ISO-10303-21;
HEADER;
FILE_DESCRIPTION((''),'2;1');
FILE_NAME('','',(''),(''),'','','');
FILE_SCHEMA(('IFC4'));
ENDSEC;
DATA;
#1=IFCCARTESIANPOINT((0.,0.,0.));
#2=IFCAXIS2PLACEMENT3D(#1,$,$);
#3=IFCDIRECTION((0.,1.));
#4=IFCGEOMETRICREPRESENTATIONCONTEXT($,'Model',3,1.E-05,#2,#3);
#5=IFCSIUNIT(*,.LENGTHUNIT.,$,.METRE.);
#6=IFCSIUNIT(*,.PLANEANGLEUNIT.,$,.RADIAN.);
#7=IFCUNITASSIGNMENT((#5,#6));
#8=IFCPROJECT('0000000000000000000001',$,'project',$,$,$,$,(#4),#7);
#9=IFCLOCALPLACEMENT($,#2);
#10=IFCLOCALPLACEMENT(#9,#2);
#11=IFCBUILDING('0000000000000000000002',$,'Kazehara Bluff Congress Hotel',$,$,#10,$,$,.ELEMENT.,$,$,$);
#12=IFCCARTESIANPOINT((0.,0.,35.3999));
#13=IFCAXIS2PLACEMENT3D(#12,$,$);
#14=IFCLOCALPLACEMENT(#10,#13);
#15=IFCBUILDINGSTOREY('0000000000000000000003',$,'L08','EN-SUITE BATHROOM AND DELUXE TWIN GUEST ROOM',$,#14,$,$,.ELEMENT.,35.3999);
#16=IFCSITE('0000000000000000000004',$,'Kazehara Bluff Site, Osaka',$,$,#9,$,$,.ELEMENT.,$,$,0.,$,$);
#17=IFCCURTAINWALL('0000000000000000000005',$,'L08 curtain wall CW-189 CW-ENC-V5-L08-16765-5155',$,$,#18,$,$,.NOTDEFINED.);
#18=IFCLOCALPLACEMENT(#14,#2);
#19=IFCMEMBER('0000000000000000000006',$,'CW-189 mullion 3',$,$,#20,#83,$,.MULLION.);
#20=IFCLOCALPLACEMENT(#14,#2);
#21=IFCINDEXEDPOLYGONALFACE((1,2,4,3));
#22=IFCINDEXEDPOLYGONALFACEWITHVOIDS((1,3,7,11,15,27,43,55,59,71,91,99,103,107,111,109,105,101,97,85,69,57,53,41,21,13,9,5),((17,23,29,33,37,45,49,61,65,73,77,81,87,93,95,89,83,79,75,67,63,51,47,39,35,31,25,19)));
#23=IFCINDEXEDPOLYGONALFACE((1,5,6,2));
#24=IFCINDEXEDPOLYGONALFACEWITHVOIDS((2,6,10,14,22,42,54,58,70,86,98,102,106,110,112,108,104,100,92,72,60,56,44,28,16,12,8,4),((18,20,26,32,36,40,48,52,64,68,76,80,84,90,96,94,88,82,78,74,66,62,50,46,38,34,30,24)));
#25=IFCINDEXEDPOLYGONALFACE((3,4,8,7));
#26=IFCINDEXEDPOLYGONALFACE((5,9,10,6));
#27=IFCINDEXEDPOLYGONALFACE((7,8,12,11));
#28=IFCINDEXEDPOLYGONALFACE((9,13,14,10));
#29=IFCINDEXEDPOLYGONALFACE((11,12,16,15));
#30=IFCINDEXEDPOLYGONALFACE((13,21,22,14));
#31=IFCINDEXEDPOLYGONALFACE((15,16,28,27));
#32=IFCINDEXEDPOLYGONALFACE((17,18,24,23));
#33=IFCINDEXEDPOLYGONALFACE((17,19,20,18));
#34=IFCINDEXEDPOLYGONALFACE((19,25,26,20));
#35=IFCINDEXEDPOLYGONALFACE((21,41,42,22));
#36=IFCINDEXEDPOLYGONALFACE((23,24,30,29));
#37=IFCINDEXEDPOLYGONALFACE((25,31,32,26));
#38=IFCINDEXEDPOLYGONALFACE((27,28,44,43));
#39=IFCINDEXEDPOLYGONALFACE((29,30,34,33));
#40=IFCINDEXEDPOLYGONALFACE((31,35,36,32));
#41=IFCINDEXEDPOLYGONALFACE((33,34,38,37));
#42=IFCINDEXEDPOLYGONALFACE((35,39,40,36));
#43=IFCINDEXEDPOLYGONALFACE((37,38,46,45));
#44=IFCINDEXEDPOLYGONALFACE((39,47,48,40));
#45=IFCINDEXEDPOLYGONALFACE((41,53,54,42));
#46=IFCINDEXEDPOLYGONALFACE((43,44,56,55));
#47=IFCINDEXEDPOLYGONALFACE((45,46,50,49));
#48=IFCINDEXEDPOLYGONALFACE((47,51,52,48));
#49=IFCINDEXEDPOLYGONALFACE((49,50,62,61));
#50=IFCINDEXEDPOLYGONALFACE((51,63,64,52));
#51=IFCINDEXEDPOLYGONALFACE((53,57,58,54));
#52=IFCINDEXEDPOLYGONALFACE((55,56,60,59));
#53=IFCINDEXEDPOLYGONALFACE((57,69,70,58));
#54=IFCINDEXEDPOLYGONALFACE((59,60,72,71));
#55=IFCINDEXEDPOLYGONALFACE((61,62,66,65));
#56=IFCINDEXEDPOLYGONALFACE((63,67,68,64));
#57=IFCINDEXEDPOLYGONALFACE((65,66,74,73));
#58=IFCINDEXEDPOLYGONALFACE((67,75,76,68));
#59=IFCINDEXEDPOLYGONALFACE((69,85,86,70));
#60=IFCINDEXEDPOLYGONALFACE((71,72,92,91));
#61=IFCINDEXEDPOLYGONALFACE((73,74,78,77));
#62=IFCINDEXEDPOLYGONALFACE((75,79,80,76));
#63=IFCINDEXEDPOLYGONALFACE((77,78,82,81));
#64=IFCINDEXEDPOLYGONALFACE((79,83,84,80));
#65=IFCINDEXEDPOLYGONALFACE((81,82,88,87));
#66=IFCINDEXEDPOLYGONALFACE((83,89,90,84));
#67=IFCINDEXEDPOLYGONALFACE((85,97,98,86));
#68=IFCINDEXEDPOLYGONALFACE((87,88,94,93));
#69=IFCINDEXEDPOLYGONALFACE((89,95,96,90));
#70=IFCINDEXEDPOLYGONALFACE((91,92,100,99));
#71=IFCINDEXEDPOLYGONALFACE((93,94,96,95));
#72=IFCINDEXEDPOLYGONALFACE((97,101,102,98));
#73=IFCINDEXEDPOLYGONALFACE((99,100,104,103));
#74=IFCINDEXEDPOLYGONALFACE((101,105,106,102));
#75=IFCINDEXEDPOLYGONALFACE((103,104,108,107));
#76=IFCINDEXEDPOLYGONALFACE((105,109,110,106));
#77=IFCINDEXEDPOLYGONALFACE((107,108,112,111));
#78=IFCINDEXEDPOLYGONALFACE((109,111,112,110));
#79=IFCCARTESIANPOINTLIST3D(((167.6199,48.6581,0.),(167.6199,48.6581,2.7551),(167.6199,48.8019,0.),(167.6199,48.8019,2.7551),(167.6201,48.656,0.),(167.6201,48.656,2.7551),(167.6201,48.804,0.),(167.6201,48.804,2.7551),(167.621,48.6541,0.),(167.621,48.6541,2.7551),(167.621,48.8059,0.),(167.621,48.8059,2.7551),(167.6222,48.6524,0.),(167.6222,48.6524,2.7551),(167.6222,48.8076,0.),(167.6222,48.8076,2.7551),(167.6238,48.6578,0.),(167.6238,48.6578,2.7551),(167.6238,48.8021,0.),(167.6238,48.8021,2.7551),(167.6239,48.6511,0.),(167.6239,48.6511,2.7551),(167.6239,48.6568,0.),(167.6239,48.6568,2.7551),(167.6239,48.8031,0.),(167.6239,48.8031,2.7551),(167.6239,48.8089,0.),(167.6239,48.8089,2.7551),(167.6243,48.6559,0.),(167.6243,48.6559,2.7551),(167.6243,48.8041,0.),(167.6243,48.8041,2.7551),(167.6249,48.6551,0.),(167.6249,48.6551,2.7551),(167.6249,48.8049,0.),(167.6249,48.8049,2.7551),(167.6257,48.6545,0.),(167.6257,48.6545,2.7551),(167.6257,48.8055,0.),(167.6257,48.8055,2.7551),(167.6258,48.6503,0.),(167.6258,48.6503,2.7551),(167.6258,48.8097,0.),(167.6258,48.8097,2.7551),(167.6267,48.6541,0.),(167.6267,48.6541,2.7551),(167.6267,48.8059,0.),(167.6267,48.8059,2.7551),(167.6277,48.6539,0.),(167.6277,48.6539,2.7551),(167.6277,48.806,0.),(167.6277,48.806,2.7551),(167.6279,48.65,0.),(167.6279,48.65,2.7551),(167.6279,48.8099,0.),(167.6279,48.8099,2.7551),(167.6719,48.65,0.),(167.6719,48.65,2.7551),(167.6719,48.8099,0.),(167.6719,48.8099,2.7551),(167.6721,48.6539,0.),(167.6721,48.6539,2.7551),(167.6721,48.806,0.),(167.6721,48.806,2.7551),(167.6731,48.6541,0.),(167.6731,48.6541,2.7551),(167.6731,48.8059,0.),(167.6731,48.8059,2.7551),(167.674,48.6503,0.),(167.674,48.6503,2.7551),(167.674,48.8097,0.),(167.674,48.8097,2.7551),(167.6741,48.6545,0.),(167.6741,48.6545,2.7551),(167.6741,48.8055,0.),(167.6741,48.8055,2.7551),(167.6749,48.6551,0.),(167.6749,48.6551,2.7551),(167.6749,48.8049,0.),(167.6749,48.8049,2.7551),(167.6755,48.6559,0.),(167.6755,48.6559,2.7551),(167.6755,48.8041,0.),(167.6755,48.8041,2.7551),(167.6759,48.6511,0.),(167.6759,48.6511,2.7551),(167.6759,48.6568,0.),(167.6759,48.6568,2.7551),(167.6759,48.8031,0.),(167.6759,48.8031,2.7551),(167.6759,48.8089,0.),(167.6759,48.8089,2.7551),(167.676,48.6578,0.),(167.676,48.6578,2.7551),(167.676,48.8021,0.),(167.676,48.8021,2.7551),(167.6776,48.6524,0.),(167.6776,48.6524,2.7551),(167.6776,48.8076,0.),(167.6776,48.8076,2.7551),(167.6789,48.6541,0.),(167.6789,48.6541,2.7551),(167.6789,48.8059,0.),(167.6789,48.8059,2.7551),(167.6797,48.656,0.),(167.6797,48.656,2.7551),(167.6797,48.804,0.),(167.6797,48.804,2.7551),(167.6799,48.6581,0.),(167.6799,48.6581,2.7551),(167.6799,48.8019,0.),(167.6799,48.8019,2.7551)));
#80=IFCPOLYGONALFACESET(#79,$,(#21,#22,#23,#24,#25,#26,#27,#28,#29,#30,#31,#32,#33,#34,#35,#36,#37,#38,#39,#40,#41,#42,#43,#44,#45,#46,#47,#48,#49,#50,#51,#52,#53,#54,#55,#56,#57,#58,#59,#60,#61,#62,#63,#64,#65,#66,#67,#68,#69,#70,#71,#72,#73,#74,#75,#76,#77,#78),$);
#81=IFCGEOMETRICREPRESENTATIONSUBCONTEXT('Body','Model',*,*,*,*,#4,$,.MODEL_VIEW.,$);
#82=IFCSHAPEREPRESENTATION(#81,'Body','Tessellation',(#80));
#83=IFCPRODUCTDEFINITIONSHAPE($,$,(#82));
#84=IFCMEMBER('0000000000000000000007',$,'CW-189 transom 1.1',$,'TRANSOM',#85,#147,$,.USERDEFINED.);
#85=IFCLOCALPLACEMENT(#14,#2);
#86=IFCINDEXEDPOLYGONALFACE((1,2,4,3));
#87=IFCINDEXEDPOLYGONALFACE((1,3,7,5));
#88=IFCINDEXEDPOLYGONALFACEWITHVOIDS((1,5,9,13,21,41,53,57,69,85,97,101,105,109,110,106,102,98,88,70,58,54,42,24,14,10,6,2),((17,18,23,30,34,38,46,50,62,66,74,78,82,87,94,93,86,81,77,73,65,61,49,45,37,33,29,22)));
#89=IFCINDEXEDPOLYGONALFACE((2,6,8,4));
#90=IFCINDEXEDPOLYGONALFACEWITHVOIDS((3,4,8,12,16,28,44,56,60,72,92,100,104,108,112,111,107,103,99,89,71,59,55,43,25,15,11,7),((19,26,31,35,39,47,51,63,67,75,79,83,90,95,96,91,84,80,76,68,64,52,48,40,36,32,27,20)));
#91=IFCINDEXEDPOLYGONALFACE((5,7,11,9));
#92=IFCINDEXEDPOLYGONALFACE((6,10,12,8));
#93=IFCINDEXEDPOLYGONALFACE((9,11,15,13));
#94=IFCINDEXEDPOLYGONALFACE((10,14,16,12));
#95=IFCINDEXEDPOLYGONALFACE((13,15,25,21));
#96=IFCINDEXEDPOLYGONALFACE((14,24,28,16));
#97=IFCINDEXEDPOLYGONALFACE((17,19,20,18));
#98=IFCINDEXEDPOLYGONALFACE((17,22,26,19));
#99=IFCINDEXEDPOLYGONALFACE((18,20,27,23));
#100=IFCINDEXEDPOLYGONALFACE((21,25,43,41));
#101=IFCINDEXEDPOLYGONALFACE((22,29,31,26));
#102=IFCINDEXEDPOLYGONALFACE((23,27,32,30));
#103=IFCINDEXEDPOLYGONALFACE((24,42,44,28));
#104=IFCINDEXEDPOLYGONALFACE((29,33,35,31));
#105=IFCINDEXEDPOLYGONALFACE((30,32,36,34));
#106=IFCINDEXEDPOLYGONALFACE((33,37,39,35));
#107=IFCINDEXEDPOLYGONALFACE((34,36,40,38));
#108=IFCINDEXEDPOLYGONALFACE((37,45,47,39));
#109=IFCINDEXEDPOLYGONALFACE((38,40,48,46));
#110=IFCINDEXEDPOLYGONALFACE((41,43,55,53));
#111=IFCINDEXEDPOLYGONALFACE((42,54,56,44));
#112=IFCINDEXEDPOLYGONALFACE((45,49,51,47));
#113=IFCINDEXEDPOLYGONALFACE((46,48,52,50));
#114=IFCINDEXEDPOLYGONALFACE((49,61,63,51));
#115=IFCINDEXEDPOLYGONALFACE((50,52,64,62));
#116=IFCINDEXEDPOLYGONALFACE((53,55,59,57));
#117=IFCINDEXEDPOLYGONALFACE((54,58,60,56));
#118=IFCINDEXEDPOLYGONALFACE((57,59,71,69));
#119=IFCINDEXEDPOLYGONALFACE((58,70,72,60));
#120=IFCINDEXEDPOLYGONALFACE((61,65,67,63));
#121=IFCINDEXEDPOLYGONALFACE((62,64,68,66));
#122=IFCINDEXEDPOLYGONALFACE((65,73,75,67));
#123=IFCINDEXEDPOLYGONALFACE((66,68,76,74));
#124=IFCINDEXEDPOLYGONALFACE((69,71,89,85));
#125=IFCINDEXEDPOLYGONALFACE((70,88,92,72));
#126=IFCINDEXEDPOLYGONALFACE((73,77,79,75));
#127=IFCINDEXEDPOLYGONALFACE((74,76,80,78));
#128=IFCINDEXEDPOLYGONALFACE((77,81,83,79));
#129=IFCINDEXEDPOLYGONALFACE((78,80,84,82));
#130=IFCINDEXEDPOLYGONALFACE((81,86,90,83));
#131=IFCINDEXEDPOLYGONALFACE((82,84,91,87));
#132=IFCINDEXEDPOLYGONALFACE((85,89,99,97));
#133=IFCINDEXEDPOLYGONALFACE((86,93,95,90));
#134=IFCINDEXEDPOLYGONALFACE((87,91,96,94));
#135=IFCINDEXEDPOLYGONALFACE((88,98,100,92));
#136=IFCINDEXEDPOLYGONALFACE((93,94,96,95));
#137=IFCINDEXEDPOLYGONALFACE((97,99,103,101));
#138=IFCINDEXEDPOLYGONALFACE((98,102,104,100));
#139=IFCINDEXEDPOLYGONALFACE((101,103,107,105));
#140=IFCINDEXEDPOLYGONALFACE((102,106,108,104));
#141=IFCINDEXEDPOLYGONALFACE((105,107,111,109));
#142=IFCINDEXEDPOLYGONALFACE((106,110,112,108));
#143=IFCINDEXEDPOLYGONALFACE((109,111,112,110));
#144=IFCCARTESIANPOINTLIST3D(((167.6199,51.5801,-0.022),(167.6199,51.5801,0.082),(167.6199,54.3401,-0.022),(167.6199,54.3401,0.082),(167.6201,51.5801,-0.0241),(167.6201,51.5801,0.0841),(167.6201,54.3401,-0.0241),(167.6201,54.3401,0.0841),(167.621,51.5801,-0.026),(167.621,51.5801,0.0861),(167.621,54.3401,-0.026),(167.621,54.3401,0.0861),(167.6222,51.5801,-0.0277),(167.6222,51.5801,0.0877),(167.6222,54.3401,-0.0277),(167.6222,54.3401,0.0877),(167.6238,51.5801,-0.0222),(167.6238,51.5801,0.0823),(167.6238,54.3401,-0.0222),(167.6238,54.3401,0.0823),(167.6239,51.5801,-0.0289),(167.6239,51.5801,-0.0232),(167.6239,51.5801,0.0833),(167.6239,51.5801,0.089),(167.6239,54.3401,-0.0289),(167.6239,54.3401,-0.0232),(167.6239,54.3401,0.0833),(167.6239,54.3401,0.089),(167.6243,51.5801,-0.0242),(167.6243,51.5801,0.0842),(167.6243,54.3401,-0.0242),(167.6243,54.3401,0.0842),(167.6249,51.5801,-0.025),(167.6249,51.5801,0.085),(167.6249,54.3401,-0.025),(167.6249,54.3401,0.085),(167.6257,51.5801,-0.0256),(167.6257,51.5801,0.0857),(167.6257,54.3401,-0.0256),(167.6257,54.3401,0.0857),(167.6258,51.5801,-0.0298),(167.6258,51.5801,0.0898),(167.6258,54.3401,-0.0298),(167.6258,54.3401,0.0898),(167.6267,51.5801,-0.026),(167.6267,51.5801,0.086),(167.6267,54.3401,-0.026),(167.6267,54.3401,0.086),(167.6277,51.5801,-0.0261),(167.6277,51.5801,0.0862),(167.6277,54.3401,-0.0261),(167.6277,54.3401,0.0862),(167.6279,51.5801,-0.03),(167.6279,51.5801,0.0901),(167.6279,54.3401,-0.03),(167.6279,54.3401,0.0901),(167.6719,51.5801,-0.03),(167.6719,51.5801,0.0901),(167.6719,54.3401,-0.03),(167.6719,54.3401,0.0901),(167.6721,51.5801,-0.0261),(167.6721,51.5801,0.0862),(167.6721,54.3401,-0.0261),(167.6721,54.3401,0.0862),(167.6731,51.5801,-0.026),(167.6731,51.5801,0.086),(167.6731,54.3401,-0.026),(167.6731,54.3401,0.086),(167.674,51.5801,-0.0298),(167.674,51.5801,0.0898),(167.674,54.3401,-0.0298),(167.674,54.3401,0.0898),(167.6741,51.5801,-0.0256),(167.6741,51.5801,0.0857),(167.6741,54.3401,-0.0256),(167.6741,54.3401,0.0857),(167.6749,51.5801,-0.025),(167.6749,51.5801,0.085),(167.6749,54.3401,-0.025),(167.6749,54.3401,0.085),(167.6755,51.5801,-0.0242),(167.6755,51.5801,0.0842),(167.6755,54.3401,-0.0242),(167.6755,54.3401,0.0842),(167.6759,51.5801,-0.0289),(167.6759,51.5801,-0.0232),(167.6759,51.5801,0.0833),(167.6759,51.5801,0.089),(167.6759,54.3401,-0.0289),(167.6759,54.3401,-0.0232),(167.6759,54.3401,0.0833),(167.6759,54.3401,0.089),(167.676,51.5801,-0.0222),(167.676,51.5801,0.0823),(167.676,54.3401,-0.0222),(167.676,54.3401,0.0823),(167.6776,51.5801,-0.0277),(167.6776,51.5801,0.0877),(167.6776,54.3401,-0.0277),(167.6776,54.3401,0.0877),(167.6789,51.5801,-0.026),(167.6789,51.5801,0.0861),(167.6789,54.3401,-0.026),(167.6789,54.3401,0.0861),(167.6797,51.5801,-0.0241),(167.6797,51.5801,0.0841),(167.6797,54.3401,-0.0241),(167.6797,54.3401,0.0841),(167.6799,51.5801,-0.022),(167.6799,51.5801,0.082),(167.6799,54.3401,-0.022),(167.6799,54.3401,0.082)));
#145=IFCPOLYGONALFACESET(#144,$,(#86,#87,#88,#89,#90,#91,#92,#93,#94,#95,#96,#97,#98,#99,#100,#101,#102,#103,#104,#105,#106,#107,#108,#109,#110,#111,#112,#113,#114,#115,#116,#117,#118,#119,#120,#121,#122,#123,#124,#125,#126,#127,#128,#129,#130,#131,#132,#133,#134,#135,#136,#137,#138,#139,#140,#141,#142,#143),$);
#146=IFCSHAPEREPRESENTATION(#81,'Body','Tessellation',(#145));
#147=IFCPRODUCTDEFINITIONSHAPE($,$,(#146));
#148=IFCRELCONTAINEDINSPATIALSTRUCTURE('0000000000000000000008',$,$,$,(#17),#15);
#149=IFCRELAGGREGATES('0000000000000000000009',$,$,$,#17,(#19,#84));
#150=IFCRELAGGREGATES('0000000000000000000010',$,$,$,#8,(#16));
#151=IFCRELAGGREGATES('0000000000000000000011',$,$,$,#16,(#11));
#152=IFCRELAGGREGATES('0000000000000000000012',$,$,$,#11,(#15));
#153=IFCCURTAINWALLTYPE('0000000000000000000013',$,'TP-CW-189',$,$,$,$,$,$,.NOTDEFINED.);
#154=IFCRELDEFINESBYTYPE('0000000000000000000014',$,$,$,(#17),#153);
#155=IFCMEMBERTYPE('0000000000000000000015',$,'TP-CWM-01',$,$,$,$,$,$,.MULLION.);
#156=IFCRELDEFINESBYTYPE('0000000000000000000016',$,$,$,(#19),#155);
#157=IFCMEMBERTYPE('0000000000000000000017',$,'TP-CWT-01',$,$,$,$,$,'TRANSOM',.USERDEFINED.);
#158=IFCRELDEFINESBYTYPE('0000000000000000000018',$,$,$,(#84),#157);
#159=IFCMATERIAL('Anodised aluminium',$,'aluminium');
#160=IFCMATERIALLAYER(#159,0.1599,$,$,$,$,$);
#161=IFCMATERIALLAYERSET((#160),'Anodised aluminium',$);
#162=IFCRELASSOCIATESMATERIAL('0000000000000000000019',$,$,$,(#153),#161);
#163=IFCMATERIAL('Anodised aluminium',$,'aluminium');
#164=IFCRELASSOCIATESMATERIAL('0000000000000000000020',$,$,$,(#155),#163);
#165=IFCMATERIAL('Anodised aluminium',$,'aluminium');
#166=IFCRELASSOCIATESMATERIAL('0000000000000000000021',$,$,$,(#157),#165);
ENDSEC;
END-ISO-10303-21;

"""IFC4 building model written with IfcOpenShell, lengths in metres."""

from ifc_helpers import new_model, si_unit, direction, frame, origin, origin_2d, place, context, subcontext, project, spatial, hollow_rectangle, extrude, material, layer, layer_set, material_profile, profile_set, type_object, element, aggregate, save


model = new_model("IFC4")

# Units and contexts
model_context = context("Model", 3, precision=1e-05, world=origin(), true_north=direction((0.0, 1.0)))
body_context = subcontext(model_context, "Body", "Model", "MODEL_VIEW")
ifc_project = project(units=[si_unit("LENGTHUNIT", "METRE"), si_unit("PLANEANGLEUNIT", "RADIAN")], contexts=[model_context])

# Site, building, storey
site_placement = place(None, origin())
site = spatial("IfcSite", under=ifc_project, at=site_placement, Name="Kazehara Bluff Site, Osaka", CompositionType="ELEMENT", RefElevation=0.0)
building_placement = place(site_placement, origin())
building = spatial("IfcBuilding", under=site, at=building_placement, Name="Kazehara Bluff Congress Hotel", CompositionType="ELEMENT")
storey_placement = place(building_placement, frame((0.0, 0.0, 35.3999)))
storey = spatial("IfcBuildingStorey", under=building, at=storey_placement, Name="L08", Description="EN-SUITE BATHROOM AND DELUXE TWIN GUEST ROOM", CompositionType="ELEMENT", Elevation=35.3999)

# Curtain wall, members
ifc_material_1 = material(Name="Anodised aluminium", Category="aluminium")
ifc_layer_1 = layer(ifc_material_1, 0.1599)
ifc_layer_set_1 = layer_set([ifc_layer_1], Name="Anodised aluminium")
curtain_wall_type = type_object("IfcCurtainWallType", Name="TP-CW-189", PredefinedType="NOTDEFINED", material=ifc_layer_set_1)
curtain_wall_placement = place(storey_placement, origin())
curtain_wall = element("IfcCurtainWall", 1, at=curtain_wall_placement, inside=storey, type_object=curtain_wall_type, Name="L08 curtain wall CW-189 CW-ENC-V5-L08-16765-5155", PredefinedType="NOTDEFINED")
ifc_material_2 = material(Name="Anodised aluminium", Category="aluminium")
ifc_material_profile_1 = material_profile(ifc_material_2, hollow_rectangle(XDim=0.0601, YDim=0.1599, WallThickness=0.0039, InnerFilletRadius=0.0039, OuterFilletRadius=0.0081, at=origin_2d()))
ifc_profile_set_1 = profile_set([ifc_material_profile_1], Name="Anodised aluminium")
member_type_1 = type_object("IfcMemberType", Name="TP-CWM-01", PredefinedType="MULLION", material=ifc_profile_set_1)
member_1_placement = place(storey_placement, frame((167.6499, 48.73, 0.0), z_axis=(0.0, 0.0, 1.0), x_axis=(1.0, 0.0, 0.0)))
member_1 = element("IfcMember", 2, at=member_1_placement, type_object=member_type_1, Name="CW-189 mullion 3", PredefinedType="MULLION", context=body_context, shape_type="SweptSolid", body=[
    extrude(hollow_rectangle(XDim=0.0601, YDim=0.1599, WallThickness=0.0039, InnerFilletRadius=0.0039, OuterFilletRadius=0.0081, at=origin_2d()), origin(), (0.0, 0.0, 1.0), 2.7551),
])
ifc_material_3 = material(Name="Anodised aluminium", Category="aluminium")
ifc_material_profile_2 = material_profile(ifc_material_3, hollow_rectangle(XDim=0.0601, YDim=0.1201, WallThickness=0.0039, InnerFilletRadius=0.0039, OuterFilletRadius=0.0081, at=origin_2d()))
ifc_profile_set_2 = profile_set([ifc_material_profile_2], Name="Anodised aluminium")
member_type_2 = type_object("IfcMemberType", Name="TP-CWT-01", ElementType="TRANSOM", PredefinedType="USERDEFINED", material=ifc_profile_set_2)
member_2_placement = place(storey_placement, frame((167.6499, 54.3401, 0.03), z_axis=(0.0, -1.0, 0.0), x_axis=(1.0, 0.0, 0.0)))
member_2 = element("IfcMember", 3, at=member_2_placement, type_object=member_type_2, Name="CW-189 transom 1.1", ObjectType="TRANSOM", PredefinedType="USERDEFINED", context=body_context, shape_type="SweptSolid", body=[
    extrude(hollow_rectangle(XDim=0.0601, YDim=0.1201, WallThickness=0.0039, InnerFilletRadius=0.0039, OuterFilletRadius=0.0081, at=origin_2d()), origin(), (0.0, 0.0, 1.0), 2.76),
])
aggregate(curtain_wall, [member_1, member_2])

save(model, "model.ifc")
